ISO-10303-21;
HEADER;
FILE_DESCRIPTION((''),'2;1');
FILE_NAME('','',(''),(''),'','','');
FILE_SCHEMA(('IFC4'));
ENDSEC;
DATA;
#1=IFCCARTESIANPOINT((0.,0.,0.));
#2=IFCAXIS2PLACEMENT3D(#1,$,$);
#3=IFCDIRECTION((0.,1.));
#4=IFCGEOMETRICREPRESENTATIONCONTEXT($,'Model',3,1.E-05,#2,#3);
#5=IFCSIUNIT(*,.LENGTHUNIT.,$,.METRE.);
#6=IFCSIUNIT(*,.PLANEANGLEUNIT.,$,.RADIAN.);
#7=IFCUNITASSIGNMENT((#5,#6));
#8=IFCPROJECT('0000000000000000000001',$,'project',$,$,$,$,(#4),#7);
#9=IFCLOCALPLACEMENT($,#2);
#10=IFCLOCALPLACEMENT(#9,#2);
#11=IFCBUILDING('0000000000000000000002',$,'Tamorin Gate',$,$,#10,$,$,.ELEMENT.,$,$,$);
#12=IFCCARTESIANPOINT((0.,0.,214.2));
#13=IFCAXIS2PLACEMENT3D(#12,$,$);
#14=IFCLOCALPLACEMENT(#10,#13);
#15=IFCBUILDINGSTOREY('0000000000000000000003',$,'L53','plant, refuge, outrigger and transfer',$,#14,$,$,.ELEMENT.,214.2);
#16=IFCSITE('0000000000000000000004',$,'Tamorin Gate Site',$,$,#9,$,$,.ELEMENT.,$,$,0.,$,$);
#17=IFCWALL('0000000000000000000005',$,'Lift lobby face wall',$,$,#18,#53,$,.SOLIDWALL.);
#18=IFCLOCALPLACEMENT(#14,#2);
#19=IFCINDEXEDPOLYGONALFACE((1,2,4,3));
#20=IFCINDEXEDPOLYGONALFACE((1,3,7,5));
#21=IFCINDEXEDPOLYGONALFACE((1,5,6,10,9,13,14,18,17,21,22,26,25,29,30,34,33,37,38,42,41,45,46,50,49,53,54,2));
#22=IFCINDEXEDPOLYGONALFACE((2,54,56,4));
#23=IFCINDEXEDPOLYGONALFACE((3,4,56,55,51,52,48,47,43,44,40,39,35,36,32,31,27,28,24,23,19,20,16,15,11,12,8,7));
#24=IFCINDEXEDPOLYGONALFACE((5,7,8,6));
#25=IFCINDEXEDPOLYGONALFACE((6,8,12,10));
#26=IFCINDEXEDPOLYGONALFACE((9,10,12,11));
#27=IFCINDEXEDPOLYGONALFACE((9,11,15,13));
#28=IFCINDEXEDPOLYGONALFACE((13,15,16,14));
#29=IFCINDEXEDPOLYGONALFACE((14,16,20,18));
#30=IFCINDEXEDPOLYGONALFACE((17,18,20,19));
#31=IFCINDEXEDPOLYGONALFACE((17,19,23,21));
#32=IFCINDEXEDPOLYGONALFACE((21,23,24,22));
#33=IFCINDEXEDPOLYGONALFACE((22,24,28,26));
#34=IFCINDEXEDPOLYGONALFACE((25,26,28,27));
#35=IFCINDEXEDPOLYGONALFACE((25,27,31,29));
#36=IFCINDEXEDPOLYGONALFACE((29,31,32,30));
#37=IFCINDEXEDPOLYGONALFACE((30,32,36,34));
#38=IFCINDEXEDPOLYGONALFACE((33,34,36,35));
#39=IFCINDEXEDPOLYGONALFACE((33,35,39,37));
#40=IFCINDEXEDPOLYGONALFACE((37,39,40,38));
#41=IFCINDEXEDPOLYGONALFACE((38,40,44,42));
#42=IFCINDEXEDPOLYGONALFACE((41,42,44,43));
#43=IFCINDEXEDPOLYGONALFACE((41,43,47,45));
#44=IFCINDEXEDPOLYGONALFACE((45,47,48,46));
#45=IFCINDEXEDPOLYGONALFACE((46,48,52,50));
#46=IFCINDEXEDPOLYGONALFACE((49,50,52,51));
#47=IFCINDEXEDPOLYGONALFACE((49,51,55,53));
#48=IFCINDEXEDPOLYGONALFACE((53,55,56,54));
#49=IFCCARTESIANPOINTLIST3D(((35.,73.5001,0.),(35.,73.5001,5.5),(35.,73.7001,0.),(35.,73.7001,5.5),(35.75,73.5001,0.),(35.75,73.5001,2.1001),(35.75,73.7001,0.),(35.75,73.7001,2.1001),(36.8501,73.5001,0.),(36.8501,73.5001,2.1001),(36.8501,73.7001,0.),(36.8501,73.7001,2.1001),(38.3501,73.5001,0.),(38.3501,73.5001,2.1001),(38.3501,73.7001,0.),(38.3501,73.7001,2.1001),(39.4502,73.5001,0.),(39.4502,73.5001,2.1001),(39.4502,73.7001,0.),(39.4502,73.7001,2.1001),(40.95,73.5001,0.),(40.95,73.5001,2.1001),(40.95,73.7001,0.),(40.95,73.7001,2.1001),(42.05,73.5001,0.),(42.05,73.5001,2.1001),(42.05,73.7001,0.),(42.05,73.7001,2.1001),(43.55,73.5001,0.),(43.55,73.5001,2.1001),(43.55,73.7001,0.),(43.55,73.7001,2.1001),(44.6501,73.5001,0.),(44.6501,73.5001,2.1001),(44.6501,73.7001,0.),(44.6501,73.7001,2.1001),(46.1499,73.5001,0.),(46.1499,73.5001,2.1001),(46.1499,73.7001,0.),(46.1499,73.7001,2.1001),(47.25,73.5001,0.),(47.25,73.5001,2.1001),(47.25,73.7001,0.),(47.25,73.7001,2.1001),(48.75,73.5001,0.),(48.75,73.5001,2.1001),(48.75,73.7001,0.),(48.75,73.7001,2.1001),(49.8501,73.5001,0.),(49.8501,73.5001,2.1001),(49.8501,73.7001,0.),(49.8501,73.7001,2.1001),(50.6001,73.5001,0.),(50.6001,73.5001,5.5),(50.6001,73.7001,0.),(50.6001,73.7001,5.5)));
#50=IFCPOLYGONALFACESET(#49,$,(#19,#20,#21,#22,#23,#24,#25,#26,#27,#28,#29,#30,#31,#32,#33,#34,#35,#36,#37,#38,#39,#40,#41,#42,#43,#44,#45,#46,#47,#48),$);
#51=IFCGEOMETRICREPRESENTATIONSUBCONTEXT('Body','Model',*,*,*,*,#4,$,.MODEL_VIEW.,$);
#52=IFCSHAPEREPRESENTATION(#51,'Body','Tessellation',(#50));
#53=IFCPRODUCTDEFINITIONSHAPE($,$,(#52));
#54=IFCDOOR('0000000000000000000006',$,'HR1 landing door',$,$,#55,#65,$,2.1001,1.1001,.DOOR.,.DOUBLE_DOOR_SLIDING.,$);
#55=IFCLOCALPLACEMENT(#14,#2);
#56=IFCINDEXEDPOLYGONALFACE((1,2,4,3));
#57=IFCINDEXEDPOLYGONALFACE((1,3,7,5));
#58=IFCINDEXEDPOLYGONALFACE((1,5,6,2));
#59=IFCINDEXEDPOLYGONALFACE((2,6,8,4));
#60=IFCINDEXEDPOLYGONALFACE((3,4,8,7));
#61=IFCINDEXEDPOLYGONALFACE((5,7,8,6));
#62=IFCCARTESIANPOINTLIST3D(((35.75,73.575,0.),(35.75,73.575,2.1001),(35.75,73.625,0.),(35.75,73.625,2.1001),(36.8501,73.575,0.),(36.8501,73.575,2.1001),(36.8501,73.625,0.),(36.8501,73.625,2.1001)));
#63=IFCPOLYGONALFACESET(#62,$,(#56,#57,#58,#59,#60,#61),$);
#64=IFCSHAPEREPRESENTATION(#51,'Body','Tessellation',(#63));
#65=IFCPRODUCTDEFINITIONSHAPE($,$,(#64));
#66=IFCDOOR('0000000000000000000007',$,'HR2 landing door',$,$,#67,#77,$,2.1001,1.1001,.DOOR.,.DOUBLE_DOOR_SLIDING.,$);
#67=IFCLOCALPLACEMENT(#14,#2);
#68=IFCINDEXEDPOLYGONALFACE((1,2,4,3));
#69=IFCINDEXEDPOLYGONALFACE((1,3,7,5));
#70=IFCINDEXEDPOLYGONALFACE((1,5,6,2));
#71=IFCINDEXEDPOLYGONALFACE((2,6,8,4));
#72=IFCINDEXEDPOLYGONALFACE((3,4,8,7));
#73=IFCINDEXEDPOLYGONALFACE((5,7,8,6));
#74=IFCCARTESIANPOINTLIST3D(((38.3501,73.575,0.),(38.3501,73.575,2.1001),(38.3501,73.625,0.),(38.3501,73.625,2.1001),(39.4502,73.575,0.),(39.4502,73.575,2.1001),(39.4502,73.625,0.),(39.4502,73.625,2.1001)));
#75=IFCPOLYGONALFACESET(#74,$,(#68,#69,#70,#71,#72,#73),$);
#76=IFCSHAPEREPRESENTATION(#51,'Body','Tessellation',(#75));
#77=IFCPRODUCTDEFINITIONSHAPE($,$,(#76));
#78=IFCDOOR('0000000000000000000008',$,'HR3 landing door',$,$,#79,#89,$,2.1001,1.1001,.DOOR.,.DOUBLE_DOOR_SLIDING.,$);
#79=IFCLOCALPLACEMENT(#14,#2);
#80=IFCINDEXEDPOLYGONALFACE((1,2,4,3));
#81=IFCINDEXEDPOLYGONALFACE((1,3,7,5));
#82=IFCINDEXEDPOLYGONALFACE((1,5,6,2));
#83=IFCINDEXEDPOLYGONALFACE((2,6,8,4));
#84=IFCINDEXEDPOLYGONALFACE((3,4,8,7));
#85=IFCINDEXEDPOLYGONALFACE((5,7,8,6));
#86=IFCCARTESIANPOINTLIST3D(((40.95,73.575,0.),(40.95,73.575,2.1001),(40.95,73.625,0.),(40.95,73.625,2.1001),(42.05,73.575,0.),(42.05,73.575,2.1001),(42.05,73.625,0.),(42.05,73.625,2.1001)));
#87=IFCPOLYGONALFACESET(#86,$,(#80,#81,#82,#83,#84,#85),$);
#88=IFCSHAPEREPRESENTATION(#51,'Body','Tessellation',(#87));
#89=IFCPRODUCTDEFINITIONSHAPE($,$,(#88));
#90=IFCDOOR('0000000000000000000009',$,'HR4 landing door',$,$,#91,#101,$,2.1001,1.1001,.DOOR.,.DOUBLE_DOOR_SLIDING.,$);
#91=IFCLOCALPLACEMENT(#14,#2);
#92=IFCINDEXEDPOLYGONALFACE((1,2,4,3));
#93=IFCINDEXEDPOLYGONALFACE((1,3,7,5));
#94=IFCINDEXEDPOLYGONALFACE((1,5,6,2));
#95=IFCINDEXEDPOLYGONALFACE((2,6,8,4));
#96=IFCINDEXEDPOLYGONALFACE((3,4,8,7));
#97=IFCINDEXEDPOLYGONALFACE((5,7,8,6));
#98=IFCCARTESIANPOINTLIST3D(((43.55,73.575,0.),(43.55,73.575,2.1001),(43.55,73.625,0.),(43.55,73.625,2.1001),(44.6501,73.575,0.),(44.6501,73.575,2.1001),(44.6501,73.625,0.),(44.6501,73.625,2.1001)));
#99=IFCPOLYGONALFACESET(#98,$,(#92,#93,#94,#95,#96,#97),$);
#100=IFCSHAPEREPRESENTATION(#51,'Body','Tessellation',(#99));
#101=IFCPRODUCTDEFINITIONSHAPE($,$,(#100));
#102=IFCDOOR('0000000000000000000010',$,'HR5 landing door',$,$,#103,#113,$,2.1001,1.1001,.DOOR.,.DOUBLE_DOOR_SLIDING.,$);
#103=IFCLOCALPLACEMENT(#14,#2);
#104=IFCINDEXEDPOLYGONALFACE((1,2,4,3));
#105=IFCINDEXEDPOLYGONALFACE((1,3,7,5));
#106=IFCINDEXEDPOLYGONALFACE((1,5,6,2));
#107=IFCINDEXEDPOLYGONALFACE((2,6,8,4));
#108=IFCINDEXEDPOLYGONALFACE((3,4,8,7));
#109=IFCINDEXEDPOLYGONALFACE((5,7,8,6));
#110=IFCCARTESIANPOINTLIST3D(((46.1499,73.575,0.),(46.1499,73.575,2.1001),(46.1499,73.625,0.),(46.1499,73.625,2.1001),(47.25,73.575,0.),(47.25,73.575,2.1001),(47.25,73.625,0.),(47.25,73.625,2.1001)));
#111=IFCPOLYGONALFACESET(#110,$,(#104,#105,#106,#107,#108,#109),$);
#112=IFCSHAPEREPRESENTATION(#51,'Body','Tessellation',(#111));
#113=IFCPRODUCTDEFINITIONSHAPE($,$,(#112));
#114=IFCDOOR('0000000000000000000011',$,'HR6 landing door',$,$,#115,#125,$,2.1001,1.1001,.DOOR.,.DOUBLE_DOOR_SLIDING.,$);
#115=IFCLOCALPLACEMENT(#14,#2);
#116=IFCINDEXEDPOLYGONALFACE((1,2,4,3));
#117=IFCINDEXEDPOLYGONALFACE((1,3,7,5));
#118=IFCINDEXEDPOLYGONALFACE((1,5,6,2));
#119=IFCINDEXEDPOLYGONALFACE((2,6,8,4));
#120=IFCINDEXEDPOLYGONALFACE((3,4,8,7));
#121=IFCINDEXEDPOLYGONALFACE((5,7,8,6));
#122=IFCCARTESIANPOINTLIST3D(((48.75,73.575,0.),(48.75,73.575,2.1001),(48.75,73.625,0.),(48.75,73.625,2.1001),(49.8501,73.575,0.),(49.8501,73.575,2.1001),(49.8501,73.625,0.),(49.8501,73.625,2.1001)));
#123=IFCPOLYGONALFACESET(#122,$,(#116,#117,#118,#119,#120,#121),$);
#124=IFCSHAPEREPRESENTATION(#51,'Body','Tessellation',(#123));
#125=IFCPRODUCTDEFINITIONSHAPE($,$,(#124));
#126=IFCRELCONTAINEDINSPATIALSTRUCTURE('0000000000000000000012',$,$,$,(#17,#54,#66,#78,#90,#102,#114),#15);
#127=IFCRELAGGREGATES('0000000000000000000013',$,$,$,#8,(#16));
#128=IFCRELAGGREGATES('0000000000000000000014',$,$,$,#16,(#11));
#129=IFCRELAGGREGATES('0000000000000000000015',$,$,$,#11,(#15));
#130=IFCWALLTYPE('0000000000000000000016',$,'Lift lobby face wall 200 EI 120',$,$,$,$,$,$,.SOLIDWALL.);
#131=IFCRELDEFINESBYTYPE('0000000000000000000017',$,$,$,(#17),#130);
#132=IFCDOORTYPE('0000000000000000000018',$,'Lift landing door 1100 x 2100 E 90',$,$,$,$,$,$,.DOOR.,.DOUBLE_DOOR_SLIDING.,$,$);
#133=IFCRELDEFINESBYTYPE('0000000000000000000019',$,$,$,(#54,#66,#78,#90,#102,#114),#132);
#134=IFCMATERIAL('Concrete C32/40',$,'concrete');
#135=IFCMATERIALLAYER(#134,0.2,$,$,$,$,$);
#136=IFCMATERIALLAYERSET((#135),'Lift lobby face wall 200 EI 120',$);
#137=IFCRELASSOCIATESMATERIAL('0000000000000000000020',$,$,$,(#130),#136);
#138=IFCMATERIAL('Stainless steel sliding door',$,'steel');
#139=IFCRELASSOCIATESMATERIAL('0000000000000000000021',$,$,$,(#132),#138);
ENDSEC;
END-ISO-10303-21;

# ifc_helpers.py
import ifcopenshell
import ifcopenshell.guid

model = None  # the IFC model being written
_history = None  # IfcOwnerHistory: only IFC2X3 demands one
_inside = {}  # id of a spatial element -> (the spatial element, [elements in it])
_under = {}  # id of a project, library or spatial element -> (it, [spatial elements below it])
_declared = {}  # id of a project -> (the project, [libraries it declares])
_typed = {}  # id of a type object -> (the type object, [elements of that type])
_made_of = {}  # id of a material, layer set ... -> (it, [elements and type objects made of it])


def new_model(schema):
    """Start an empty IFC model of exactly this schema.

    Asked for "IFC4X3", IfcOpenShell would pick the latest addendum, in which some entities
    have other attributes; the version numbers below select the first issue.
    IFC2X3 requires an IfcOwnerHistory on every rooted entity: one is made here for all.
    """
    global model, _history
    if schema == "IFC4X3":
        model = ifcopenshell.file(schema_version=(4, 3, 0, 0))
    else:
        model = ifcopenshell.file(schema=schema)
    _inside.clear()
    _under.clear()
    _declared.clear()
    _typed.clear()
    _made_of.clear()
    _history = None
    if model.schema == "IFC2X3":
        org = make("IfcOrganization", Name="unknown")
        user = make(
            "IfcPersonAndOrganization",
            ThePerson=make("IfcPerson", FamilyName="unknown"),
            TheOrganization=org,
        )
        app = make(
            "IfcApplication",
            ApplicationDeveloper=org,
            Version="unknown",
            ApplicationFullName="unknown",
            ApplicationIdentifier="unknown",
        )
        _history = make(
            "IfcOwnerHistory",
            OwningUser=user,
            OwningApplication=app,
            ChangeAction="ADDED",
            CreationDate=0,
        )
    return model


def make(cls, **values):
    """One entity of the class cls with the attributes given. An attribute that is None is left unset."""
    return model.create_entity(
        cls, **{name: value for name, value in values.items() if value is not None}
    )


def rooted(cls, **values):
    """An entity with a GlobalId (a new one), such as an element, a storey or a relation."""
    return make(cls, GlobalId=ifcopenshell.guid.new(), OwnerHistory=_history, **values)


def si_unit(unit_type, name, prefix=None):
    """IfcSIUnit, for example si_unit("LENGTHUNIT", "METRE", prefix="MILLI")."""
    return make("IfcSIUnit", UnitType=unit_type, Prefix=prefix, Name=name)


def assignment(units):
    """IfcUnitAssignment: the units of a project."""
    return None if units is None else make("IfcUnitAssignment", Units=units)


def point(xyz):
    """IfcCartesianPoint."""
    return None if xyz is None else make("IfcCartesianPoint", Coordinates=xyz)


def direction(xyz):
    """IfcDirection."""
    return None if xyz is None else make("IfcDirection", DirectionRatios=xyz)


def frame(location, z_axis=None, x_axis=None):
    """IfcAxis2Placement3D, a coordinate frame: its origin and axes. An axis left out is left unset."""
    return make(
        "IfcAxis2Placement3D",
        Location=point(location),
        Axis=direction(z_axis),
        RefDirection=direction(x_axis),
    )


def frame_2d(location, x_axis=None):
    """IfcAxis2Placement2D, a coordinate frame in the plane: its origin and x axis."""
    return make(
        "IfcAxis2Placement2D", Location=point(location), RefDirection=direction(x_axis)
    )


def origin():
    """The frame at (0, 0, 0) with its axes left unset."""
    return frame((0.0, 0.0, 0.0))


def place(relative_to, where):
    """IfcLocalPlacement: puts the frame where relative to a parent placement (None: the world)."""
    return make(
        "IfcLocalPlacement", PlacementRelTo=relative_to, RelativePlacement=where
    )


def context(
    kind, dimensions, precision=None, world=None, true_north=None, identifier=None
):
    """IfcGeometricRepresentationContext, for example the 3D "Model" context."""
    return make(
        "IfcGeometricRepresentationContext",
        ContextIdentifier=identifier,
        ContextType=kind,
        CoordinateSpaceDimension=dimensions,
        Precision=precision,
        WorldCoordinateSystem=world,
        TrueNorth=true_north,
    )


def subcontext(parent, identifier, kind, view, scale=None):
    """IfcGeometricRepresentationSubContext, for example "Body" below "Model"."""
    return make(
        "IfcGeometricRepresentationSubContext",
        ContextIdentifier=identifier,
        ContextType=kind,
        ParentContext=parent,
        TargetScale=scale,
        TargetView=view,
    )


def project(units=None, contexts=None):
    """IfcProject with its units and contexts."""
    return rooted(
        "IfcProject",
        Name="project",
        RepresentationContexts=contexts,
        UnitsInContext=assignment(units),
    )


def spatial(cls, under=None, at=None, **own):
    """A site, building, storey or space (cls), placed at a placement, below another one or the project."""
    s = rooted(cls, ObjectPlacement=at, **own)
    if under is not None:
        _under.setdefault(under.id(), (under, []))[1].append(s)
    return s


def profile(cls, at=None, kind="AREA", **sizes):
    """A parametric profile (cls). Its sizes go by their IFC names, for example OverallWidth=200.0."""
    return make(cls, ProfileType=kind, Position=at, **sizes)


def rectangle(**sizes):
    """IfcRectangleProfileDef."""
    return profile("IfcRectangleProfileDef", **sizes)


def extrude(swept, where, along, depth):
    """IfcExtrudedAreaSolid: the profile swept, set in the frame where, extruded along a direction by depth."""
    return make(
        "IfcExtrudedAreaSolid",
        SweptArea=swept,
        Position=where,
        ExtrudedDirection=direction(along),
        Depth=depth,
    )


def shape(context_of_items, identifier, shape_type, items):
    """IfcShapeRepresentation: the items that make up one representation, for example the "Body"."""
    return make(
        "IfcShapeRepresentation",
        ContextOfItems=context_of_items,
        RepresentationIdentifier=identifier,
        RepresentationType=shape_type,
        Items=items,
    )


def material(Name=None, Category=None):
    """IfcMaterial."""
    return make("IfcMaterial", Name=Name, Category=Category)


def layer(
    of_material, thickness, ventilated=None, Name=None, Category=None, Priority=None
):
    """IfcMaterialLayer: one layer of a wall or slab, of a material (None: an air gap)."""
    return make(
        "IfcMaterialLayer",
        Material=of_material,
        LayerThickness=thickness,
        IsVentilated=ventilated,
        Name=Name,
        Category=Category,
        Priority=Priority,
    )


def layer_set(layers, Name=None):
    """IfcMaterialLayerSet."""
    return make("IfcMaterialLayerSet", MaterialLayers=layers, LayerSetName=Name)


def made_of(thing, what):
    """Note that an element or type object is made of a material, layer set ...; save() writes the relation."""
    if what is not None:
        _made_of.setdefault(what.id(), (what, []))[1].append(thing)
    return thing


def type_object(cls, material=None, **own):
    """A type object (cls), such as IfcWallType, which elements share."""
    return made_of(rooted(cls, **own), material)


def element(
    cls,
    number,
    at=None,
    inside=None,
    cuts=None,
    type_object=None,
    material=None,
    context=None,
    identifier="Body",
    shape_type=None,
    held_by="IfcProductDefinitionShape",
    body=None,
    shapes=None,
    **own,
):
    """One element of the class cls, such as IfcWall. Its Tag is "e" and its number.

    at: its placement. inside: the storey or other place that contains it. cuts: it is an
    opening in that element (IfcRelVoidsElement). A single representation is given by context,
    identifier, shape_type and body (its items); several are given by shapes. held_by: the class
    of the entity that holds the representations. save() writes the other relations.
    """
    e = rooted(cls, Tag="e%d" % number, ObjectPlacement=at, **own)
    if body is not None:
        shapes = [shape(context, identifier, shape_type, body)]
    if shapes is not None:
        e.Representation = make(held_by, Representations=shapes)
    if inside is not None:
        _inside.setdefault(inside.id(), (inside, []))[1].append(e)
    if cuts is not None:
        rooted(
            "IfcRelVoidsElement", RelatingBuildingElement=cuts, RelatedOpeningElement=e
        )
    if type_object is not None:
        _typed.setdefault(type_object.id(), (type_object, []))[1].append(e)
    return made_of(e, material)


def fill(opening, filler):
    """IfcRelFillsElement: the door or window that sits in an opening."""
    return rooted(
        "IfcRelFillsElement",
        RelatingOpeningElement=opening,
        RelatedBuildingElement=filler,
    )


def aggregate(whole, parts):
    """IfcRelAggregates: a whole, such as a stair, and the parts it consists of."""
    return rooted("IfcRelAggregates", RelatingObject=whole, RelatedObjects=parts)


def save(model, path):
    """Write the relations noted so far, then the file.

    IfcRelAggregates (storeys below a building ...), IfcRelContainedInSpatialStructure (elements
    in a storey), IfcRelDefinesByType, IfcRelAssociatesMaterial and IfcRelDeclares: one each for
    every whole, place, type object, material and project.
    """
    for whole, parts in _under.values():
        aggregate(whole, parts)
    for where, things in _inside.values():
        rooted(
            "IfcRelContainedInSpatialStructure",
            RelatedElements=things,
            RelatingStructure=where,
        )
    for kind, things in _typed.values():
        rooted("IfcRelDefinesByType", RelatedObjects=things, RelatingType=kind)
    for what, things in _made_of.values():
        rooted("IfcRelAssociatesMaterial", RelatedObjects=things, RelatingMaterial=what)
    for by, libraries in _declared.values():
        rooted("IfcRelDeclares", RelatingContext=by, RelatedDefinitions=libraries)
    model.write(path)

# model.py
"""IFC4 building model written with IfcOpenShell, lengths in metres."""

from ifc_helpers import new_model, si_unit, direction, frame, frame_2d, origin, place, context, subcontext, project, spatial, rectangle, extrude, material, layer, layer_set, type_object, element, fill, save


model = new_model("IFC4")

# Units and contexts
model_context = context("Model", 3, precision=1e-05, world=origin(), true_north=direction((0.0, 1.0)))
body_context = subcontext(model_context, "Body", "Model", "MODEL_VIEW")
ifc_project = project(units=[si_unit("LENGTHUNIT", "METRE"), si_unit("PLANEANGLEUNIT", "RADIAN")], contexts=[model_context])

# Site, building, storey
site_placement = place(None, origin())
site = spatial("IfcSite", under=ifc_project, at=site_placement, Name="Tamorin Gate Site", CompositionType="ELEMENT", RefElevation=0.0)
building_placement = place(site_placement, origin())
building = spatial("IfcBuilding", under=site, at=building_placement, Name="Tamorin Gate", CompositionType="ELEMENT")
storey_placement = place(building_placement, frame((0.0, 0.0, 214.2)))
storey = spatial("IfcBuildingStorey", under=building, at=storey_placement, Name="L53", Description="plant, refuge, outrigger and transfer", CompositionType="ELEMENT", Elevation=214.2)

# Wall, openings, doors
ifc_material_1 = material(Name="Concrete C32/40", Category="concrete")
ifc_layer_1 = layer(ifc_material_1, 0.2)
ifc_layer_set_1 = layer_set([ifc_layer_1], Name="Lift lobby face wall 200 EI 120")
wall_type_1 = type_object("IfcWallType", Name="Lift lobby face wall 200 EI 120", PredefinedType="SOLIDWALL", material=ifc_layer_set_1)
wall_1_placement = place(storey_placement, frame((35.0, 73.6001, 0.0), z_axis=(0.0, 0.0, 1.0), x_axis=(1.0, 0.0, 0.0)))
wall_1 = element("IfcWall", 1, at=wall_1_placement, inside=storey, type_object=wall_type_1, Name="Lift lobby face wall", PredefinedType="SOLIDWALL", context=body_context, shape_type="SweptSolid", body=[
    extrude(rectangle(XDim=15.6001, YDim=0.2, at=frame_2d((7.8, 0.0))), origin(), (0.0, 0.0, 1.0), 5.5),
])
opening_1_placement = place(wall_1_placement, frame((0.75, 0.0, 0.0)))
opening_1 = element("IfcOpeningElement", 2, at=opening_1_placement, cuts=wall_1, PredefinedType="OPENING", context=body_context, shape_type="SweptSolid", body=[
    extrude(rectangle(XDim=1.1001, YDim=2.1001, at=frame_2d((0.55, 1.05))), frame((0.0, 0.1099, 0.0), z_axis=(0.0, -1.0, 0.0), x_axis=(1.0, 0.0, 0.0)), (0.0, 0.0, 1.0), 0.22),
])
opening_2_placement = place(wall_1_placement, frame((3.3501, 0.0, 0.0)))
opening_2 = element("IfcOpeningElement", 3, at=opening_2_placement, cuts=wall_1, PredefinedType="OPENING", context=body_context, shape_type="SweptSolid", body=[
    extrude(rectangle(XDim=1.1001, YDim=2.1001, at=frame_2d((0.55, 1.05))), frame((0.0, 0.1099, 0.0), z_axis=(0.0, -1.0, 0.0), x_axis=(1.0, 0.0, 0.0)), (0.0, 0.0, 1.0), 0.22),
])
opening_3_placement = place(wall_1_placement, frame((5.95, 0.0, 0.0)))
opening_3 = element("IfcOpeningElement", 4, at=opening_3_placement, cuts=wall_1, PredefinedType="OPENING", context=body_context, shape_type="SweptSolid", body=[
    extrude(rectangle(XDim=1.1001, YDim=2.1001, at=frame_2d((0.55, 1.05))), frame((0.0, 0.1099, 0.0), z_axis=(0.0, -1.0, 0.0), x_axis=(1.0, 0.0, 0.0)), (0.0, 0.0, 1.0), 0.22),
])
opening_4_placement = place(wall_1_placement, frame((8.55, 0.0, 0.0)))
opening_4 = element("IfcOpeningElement", 5, at=opening_4_placement, cuts=wall_1, PredefinedType="OPENING", context=body_context, shape_type="SweptSolid", body=[
    extrude(rectangle(XDim=1.1001, YDim=2.1001, at=frame_2d((0.55, 1.05))), frame((0.0, 0.1099, 0.0), z_axis=(0.0, -1.0, 0.0), x_axis=(1.0, 0.0, 0.0)), (0.0, 0.0, 1.0), 0.22),
])
opening_5_placement = place(wall_1_placement, frame((11.1499, 0.0, 0.0)))
opening_5 = element("IfcOpeningElement", 6, at=opening_5_placement, cuts=wall_1, PredefinedType="OPENING", context=body_context, shape_type="SweptSolid", body=[
    extrude(rectangle(XDim=1.1001, YDim=2.1001, at=frame_2d((0.55, 1.05))), frame((0.0, 0.1099, 0.0), z_axis=(0.0, -1.0, 0.0), x_axis=(1.0, 0.0, 0.0)), (0.0, 0.0, 1.0), 0.22),
])
opening_6_placement = place(wall_1_placement, frame((13.75, 0.0, 0.0)))
opening_6 = element("IfcOpeningElement", 7, at=opening_6_placement, cuts=wall_1, PredefinedType="OPENING", context=body_context, shape_type="SweptSolid", body=[
    extrude(rectangle(XDim=1.1001, YDim=2.1001, at=frame_2d((0.55, 1.05))), frame((0.0, 0.1099, 0.0), z_axis=(0.0, -1.0, 0.0), x_axis=(1.0, 0.0, 0.0)), (0.0, 0.0, 1.0), 0.22),
])
ifc_material_2 = material(Name="Stainless steel sliding door", Category="steel")
door_type_1 = type_object("IfcDoorType", Name="Lift landing door 1100 x 2100 E 90", OperationType="DOUBLE_DOOR_SLIDING", PredefinedType="DOOR", material=ifc_material_2)
door_1_placement = place(opening_1_placement, origin())
door_1 = element("IfcDoor", 8, at=door_1_placement, inside=storey, type_object=door_type_1, Name="HR1 landing door", OperationType="DOUBLE_DOOR_SLIDING", OverallHeight=2.1001, OverallWidth=1.1001, PredefinedType="DOOR", context=body_context, shape_type="SweptSolid", body=[
    extrude(rectangle(XDim=1.1001, YDim=2.1001, at=frame_2d((0.55, 1.05))), frame((0.0, 0.0249, 0.0), z_axis=(0.0, -1.0, 0.0), x_axis=(1.0, 0.0, 0.0)), (0.0, 0.0, 1.0), 0.05),
])
fill(opening_1, door_1)
door_2_placement = place(opening_2_placement, origin())
door_2 = element("IfcDoor", 9, at=door_2_placement, inside=storey, type_object=door_type_1, Name="HR2 landing door", OperationType="DOUBLE_DOOR_SLIDING", OverallHeight=2.1001, OverallWidth=1.1001, PredefinedType="DOOR", context=body_context, shape_type="SweptSolid", body=[
    extrude(rectangle(XDim=1.1001, YDim=2.1001, at=frame_2d((0.55, 1.05))), frame((0.0, 0.0249, 0.0), z_axis=(0.0, -1.0, 0.0), x_axis=(1.0, 0.0, 0.0)), (0.0, 0.0, 1.0), 0.05),
])
fill(opening_2, door_2)
door_3_placement = place(opening_3_placement, origin())
door_3 = element("IfcDoor", 10, at=door_3_placement, inside=storey, type_object=door_type_1, Name="HR3 landing door", OperationType="DOUBLE_DOOR_SLIDING", OverallHeight=2.1001, OverallWidth=1.1001, PredefinedType="DOOR", context=body_context, shape_type="SweptSolid", body=[
    extrude(rectangle(XDim=1.1001, YDim=2.1001, at=frame_2d((0.55, 1.05))), frame((0.0, 0.0249, 0.0), z_axis=(0.0, -1.0, 0.0), x_axis=(1.0, 0.0, 0.0)), (0.0, 0.0, 1.0), 0.05),
])
fill(opening_3, door_3)
door_4_placement = place(opening_4_placement, origin())
door_4 = element("IfcDoor", 11, at=door_4_placement, inside=storey, type_object=door_type_1, Name="HR4 landing door", OperationType="DOUBLE_DOOR_SLIDING", OverallHeight=2.1001, OverallWidth=1.1001, PredefinedType="DOOR", context=body_context, shape_type="SweptSolid", body=[
    extrude(rectangle(XDim=1.1001, YDim=2.1001, at=frame_2d((0.55, 1.05))), frame((0.0, 0.0249, 0.0), z_axis=(0.0, -1.0, 0.0), x_axis=(1.0, 0.0, 0.0)), (0.0, 0.0, 1.0), 0.05),
])
fill(opening_4, door_4)
door_5_placement = place(opening_5_placement, origin())
door_5 = element("IfcDoor", 12, at=door_5_placement, inside=storey, type_object=door_type_1, Name="HR5 landing door", OperationType="DOUBLE_DOOR_SLIDING", OverallHeight=2.1001, OverallWidth=1.1001, PredefinedType="DOOR", context=body_context, shape_type="SweptSolid", body=[
    extrude(rectangle(XDim=1.1001, YDim=2.1001, at=frame_2d((0.55, 1.05))), frame((0.0, 0.0249, 0.0), z_axis=(0.0, -1.0, 0.0), x_axis=(1.0, 0.0, 0.0)), (0.0, 0.0, 1.0), 0.05),
])
fill(opening_5, door_5)
door_6_placement = place(opening_6_placement, origin())
door_6 = element("IfcDoor", 13, at=door_6_placement, inside=storey, type_object=door_type_1, Name="HR6 landing door", OperationType="DOUBLE_DOOR_SLIDING", OverallHeight=2.1001, OverallWidth=1.1001, PredefinedType="DOOR", context=body_context, shape_type="SweptSolid", body=[
    extrude(rectangle(XDim=1.1001, YDim=2.1001, at=frame_2d((0.55, 1.05))), frame((0.0, 0.0249, 0.0), z_axis=(0.0, -1.0, 0.0), x_axis=(1.0, 0.0, 0.0)), (0.0, 0.0, 1.0), 0.05),
])
fill(opening_6, door_6)

save(model, "model.ifc")
